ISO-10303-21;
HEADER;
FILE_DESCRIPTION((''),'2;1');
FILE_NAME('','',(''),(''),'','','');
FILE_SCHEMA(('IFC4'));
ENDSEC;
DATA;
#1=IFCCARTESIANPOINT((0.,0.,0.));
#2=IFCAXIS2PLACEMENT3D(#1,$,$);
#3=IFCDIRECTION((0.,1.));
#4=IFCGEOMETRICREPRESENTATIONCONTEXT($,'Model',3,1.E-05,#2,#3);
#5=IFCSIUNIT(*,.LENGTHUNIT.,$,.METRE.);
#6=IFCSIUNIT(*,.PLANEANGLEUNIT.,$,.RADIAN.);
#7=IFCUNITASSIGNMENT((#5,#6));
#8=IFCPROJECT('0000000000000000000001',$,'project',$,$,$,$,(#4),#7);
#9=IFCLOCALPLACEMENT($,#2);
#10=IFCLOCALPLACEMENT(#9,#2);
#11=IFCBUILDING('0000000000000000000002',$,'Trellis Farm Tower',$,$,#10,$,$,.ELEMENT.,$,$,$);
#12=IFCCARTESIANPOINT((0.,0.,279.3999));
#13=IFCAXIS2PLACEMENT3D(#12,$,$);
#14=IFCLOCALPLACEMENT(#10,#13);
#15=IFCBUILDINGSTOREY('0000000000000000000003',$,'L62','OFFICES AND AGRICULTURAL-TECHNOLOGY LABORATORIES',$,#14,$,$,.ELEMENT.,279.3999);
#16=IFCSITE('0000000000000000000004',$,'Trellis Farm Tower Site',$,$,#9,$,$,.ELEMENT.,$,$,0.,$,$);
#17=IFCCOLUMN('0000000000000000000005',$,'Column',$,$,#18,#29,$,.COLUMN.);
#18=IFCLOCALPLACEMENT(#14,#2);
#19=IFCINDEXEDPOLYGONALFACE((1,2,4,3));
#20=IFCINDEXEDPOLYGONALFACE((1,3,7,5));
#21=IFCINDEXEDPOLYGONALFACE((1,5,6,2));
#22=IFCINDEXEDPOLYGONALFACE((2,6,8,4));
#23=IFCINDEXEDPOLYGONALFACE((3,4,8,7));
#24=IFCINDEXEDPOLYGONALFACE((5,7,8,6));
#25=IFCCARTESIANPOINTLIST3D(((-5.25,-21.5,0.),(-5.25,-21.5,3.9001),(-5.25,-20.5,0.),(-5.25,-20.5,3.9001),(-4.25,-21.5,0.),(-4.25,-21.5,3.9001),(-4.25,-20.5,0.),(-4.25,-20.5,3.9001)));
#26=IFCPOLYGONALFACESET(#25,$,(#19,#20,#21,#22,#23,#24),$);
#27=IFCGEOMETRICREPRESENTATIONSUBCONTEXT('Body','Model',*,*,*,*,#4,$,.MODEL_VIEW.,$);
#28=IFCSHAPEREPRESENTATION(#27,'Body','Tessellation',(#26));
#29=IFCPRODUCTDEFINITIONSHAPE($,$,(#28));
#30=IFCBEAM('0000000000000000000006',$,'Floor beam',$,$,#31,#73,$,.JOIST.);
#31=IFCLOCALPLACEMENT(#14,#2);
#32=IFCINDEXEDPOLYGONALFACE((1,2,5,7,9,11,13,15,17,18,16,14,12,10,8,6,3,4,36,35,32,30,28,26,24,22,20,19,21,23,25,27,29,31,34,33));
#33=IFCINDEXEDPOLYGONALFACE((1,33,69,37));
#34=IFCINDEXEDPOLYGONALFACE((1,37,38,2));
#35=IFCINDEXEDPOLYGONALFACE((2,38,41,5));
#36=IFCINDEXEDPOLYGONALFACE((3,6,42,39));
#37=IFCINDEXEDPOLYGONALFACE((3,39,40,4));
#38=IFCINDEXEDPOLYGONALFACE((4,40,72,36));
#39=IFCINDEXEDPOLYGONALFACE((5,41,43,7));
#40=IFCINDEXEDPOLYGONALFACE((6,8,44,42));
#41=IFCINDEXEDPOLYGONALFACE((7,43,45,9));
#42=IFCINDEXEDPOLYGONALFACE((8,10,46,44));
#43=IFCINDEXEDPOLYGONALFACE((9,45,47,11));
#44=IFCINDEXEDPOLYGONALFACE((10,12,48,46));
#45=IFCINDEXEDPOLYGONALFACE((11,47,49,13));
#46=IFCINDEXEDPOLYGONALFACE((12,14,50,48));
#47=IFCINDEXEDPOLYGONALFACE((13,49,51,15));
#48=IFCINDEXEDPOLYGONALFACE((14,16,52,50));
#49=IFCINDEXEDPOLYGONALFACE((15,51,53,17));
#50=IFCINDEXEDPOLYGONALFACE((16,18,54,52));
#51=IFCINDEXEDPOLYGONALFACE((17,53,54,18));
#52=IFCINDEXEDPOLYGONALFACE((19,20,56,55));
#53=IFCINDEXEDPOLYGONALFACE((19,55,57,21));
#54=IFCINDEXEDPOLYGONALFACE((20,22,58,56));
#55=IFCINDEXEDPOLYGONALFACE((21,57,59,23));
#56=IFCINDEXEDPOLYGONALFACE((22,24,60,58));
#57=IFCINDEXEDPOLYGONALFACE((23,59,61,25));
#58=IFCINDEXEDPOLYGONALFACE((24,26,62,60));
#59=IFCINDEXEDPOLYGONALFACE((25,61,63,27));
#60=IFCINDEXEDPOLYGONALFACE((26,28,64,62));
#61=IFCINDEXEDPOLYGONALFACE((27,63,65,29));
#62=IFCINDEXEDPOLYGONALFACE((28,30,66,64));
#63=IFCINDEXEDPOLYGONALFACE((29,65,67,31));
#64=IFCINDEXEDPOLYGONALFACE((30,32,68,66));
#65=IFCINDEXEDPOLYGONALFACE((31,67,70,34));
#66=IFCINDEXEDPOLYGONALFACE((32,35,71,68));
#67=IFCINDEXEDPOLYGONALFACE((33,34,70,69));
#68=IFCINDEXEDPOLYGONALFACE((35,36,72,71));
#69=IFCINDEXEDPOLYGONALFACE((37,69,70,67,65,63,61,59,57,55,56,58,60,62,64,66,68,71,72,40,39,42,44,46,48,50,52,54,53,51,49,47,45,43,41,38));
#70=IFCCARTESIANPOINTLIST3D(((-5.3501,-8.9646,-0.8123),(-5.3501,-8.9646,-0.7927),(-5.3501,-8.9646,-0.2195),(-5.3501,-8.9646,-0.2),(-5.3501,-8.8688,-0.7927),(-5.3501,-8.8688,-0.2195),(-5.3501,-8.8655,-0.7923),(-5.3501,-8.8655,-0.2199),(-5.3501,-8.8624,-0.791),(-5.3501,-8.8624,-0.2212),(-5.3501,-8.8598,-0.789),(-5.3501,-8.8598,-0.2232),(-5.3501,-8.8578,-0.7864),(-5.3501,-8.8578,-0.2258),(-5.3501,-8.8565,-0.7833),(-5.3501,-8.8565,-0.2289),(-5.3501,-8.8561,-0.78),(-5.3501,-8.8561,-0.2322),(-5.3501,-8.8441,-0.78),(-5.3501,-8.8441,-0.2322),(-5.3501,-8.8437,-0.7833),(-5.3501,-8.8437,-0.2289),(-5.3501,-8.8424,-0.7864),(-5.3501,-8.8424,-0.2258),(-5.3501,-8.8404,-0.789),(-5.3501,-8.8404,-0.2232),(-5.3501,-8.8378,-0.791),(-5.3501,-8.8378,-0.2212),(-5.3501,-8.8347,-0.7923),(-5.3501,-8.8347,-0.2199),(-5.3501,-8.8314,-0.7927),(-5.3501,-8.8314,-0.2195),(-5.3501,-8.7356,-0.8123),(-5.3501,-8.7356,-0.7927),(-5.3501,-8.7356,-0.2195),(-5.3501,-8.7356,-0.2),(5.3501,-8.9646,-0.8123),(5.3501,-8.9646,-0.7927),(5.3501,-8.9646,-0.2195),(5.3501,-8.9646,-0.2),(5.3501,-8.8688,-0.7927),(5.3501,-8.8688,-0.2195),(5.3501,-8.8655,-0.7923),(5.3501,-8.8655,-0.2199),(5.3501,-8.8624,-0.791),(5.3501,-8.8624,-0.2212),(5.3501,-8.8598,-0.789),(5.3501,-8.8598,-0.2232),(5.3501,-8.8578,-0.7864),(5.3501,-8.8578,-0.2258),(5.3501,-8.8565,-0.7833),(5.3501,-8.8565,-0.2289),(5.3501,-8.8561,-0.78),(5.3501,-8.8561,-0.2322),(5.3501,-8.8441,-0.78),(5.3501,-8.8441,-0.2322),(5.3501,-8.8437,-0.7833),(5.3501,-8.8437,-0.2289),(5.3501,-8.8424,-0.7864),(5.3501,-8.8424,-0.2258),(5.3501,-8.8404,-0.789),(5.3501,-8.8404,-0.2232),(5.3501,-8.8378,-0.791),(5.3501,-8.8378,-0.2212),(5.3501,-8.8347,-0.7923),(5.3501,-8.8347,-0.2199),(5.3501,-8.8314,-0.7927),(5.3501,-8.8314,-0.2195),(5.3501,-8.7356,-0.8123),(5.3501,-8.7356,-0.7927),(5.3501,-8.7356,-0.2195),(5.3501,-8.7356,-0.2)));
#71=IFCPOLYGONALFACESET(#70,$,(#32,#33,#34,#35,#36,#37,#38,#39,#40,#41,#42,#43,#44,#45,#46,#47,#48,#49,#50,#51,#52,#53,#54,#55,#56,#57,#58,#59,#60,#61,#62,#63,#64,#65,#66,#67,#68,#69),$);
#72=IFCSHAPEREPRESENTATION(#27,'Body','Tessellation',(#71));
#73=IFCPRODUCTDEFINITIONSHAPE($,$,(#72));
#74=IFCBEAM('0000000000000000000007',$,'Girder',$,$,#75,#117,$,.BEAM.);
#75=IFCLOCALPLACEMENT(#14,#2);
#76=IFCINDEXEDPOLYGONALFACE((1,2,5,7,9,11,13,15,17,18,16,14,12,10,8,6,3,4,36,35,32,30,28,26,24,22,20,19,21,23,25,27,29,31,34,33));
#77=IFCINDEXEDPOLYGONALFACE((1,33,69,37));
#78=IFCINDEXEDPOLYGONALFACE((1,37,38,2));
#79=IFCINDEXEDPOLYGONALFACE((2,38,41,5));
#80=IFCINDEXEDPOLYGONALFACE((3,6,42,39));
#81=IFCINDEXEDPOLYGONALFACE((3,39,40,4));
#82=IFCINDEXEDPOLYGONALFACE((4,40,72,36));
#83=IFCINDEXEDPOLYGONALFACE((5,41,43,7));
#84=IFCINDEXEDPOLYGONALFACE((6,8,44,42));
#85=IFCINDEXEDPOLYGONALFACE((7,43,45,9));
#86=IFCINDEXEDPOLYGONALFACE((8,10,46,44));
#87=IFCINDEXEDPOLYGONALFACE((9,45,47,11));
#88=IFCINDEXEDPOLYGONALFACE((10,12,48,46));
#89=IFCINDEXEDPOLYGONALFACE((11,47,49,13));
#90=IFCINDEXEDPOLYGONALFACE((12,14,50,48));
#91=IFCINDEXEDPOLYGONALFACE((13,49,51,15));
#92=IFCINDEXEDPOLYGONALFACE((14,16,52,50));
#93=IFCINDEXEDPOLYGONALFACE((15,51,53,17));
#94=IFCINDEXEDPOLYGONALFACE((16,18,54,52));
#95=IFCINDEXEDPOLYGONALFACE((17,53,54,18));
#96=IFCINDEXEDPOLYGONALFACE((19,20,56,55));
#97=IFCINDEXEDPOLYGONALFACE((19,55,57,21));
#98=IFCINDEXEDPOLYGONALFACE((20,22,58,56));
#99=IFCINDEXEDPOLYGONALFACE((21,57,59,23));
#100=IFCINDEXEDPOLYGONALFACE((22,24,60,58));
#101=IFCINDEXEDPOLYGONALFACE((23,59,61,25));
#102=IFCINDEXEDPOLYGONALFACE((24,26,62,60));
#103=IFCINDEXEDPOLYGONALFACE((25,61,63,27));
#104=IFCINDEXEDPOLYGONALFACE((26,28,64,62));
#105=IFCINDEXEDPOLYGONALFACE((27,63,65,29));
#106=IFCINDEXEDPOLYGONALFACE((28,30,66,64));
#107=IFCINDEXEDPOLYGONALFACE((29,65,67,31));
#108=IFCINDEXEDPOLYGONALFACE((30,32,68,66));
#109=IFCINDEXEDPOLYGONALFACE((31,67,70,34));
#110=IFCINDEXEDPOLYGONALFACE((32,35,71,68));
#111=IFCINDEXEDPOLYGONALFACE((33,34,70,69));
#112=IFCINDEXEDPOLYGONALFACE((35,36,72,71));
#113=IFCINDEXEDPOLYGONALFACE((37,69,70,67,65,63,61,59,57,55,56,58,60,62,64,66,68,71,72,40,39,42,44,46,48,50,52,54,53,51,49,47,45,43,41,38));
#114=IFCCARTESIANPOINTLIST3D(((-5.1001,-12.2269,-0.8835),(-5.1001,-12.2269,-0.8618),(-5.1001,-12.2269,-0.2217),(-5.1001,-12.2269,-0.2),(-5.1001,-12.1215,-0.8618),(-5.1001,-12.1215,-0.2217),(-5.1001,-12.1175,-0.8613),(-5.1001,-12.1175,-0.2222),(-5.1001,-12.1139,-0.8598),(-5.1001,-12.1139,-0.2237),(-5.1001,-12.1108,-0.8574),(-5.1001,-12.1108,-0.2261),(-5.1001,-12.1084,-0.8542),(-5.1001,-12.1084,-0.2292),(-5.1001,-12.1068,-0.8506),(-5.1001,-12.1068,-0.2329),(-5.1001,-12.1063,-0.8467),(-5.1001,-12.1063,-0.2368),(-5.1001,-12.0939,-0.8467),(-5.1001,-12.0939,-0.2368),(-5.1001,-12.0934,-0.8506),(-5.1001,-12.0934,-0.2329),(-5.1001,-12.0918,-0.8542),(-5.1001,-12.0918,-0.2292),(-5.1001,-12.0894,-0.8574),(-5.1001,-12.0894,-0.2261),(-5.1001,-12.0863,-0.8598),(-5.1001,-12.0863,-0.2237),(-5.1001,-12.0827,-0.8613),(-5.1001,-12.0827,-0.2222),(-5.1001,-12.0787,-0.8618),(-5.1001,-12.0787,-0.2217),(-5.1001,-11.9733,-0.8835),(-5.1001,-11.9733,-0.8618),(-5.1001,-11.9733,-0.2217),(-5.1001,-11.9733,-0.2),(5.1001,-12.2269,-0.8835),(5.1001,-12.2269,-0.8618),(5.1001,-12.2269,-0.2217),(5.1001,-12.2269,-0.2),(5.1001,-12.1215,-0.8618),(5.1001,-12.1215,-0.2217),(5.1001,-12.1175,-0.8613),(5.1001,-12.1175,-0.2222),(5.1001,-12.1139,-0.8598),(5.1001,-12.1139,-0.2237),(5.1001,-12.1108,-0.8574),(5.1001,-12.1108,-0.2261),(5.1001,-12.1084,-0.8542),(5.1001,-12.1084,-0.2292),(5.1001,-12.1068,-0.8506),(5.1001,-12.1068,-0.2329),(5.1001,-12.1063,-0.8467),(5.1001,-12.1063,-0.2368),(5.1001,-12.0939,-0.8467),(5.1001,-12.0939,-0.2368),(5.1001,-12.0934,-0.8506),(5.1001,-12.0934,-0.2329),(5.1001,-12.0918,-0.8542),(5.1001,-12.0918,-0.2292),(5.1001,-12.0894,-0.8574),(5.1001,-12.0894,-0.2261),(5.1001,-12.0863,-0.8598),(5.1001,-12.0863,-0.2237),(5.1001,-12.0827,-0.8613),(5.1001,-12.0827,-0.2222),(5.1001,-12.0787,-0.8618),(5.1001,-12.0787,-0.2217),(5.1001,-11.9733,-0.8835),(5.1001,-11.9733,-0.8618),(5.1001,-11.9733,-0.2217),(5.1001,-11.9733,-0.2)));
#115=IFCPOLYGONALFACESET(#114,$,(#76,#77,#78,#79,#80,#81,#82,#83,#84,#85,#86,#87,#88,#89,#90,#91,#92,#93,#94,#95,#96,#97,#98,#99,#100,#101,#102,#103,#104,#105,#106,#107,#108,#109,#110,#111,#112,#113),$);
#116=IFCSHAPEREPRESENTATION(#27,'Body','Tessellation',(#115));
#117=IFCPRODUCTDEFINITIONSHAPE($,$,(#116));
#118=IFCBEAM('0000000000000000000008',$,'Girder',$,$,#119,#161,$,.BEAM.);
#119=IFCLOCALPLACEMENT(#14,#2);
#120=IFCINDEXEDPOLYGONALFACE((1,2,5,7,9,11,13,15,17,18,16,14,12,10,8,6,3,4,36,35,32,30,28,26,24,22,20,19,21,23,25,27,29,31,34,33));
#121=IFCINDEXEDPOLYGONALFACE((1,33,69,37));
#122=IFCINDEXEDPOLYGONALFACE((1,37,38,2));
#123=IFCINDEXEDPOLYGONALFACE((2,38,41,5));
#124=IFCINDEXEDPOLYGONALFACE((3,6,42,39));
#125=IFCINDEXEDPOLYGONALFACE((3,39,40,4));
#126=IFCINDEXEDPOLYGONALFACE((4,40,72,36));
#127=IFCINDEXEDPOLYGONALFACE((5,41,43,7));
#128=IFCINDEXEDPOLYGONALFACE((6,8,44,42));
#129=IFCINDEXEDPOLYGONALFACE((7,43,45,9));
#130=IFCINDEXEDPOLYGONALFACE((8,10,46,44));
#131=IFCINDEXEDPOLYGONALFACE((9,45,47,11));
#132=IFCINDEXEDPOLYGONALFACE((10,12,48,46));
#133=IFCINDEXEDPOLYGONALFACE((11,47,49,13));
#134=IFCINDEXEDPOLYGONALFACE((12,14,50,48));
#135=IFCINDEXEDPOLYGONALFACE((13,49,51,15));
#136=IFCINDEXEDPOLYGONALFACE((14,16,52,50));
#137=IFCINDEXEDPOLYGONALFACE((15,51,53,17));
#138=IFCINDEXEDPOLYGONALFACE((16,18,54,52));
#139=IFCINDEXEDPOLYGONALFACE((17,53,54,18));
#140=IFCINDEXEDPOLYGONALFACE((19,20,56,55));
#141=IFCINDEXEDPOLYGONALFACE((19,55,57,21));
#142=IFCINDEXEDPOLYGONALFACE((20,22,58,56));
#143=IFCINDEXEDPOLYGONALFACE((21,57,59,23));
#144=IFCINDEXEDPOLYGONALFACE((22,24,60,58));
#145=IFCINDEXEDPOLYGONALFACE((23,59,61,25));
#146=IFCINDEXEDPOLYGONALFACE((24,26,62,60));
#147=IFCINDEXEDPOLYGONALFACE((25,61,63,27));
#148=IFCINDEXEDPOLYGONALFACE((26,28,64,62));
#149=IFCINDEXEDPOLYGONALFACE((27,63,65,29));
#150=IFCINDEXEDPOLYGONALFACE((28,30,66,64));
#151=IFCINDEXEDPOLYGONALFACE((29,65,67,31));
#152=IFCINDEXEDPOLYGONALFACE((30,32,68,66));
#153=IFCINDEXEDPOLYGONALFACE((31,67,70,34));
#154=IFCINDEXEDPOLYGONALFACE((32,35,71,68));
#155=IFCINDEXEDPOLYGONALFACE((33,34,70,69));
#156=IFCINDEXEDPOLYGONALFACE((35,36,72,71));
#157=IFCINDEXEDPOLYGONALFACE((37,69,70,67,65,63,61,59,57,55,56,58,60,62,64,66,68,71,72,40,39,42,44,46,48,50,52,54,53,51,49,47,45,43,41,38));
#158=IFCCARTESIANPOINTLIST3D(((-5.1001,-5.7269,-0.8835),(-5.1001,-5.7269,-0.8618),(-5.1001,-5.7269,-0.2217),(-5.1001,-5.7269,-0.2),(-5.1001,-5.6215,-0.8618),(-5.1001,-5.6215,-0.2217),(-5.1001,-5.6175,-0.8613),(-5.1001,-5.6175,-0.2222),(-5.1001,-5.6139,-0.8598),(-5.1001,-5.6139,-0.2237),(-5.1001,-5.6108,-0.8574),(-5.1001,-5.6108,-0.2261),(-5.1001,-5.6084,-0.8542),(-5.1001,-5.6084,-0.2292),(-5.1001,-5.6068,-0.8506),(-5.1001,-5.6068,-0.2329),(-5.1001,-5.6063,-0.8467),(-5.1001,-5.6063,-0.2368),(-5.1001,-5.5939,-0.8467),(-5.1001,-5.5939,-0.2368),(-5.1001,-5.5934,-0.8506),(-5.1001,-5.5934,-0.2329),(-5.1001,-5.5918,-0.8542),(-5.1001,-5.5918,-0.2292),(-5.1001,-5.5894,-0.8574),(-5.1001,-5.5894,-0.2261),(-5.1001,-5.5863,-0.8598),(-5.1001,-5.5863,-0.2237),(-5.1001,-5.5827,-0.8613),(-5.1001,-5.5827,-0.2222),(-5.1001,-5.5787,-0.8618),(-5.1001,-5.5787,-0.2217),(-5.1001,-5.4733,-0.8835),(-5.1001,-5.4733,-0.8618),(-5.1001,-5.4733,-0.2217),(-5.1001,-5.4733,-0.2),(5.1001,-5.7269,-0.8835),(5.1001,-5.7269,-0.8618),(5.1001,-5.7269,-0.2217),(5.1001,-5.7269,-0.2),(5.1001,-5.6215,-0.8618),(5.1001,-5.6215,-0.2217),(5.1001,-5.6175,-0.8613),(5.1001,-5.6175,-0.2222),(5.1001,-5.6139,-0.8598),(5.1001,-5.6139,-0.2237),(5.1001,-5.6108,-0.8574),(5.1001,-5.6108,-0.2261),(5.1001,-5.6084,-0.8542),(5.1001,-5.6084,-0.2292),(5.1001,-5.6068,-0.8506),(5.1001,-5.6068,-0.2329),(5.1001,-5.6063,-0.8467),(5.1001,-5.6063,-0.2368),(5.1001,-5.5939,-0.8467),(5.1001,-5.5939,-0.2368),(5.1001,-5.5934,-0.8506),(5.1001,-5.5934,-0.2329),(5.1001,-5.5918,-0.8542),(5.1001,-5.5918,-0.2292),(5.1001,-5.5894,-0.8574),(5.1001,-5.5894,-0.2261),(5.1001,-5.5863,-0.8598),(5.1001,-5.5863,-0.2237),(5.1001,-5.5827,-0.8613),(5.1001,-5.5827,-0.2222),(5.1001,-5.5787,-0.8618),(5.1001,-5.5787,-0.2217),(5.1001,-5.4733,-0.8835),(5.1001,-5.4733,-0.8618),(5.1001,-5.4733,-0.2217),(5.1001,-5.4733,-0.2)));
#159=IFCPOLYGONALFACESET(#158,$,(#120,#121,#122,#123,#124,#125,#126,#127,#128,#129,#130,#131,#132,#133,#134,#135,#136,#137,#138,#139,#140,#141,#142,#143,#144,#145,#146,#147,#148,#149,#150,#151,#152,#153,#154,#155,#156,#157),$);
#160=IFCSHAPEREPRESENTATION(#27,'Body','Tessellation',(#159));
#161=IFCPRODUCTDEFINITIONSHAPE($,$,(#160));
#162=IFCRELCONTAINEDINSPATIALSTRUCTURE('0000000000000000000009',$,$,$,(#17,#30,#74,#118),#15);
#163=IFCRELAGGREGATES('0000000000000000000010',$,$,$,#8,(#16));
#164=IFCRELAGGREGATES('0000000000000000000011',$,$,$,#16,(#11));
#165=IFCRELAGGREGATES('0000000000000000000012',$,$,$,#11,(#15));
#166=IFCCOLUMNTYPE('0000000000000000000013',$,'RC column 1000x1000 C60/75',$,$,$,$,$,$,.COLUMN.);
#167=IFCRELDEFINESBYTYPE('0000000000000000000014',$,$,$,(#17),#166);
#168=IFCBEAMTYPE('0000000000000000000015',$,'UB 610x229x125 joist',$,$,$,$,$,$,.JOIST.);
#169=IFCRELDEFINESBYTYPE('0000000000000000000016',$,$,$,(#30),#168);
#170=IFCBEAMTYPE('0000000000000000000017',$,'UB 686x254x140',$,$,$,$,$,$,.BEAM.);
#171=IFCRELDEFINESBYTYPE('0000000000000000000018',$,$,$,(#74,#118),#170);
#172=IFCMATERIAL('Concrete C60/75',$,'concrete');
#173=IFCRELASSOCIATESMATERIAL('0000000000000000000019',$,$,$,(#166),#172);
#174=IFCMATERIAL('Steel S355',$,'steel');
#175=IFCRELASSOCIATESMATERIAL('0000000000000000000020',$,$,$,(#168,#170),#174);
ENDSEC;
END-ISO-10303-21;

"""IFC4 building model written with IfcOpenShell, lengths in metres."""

from ifc_helpers import new_model, si_unit, direction, frame, origin, origin_2d, place, context, subcontext, project, spatial, rectangle, i_section, extrude, source, transform, mapped, material, material_profile, profile_set, type_object, element, save


model = new_model("IFC4")

# Units and contexts
model_context = context("Model", 3, precision=1e-05, world=origin(), true_north=direction((0.0, 1.0)))
body_context = subcontext(model_context, "Body", "Model", "MODEL_VIEW")
ifc_project = project(units=[si_unit("LENGTHUNIT", "METRE"), si_unit("PLANEANGLEUNIT", "RADIAN")], contexts=[model_context])

# Site, building, storey
site_placement = place(None, origin())
site = spatial("IfcSite", under=ifc_project, at=site_placement, Name="Trellis Farm Tower Site", CompositionType="ELEMENT", RefElevation=0.0)
building_placement = place(site_placement, origin())
building = spatial("IfcBuilding", under=site, at=building_placement, Name="Trellis Farm Tower", CompositionType="ELEMENT")
storey_placement = place(building_placement, frame((0.0, 0.0, 279.3999)))
storey = spatial("IfcBuildingStorey", under=building, at=storey_placement, Name="L62", Description="OFFICES AND AGRICULTURAL-TECHNOLOGY LABORATORIES", CompositionType="ELEMENT", Elevation=279.3999)

# Column
ifc_material_1 = material(Name="Concrete C60/75", Category="concrete")
ifc_material_profile_1 = material_profile(ifc_material_1, rectangle(XDim=1.0, YDim=1.0, at=origin_2d()), Name="RC column 1000x1000 C60/75")
ifc_profile_set_1 = profile_set([ifc_material_profile_1], Name="Concrete C60/75")
column_type = type_object("IfcColumnType", Name="RC column 1000x1000 C60/75", PredefinedType="COLUMN", material=ifc_profile_set_1)
shared_shape_1 = source(origin(), body_context, "Body", "SweptSolid", [
    extrude(rectangle(XDim=1.0, YDim=1.0, at=origin_2d()), origin(), (0.0, 0.0, 1.0), 3.9001),
])
column_placement = place(storey_placement, frame((-4.75, -21.0, 0.0), z_axis=(0.0, 0.0, 1.0), x_axis=(1.0, 0.0, 0.0)))
element("IfcColumn", 1, at=column_placement, inside=storey, type_object=column_type, Name="Column", PredefinedType="COLUMN", context=body_context, shape_type="MappedRepresentation", body=[
    mapped(shared_shape_1, transform((0.0, 0.0, 0.0))),
])

# Beams
ifc_material_2 = material(Name="Steel S355", Category="steel")
ifc_material_profile_2 = material_profile(ifc_material_2, i_section(OverallWidth=0.229, OverallDepth=0.6123, WebThickness=0.012, FlangeThickness=0.0195, FilletRadius=0.0127, at=origin_2d()), Name="UB 610x229x125")
ifc_profile_set_2 = profile_set([ifc_material_profile_2], Name="Steel S355")
beam_type_1 = type_object("IfcBeamType", Name="UB 610x229x125 joist", PredefinedType="JOIST", material=ifc_profile_set_2)
shared_shape_2 = source(origin(), body_context, "Body", "SweptSolid", [
    extrude(i_section(OverallWidth=0.229, OverallDepth=0.6123, WebThickness=0.012, FlangeThickness=0.0195, FilletRadius=0.0127, at=origin_2d()), origin(), (0.0, 0.0, 1.0), 10.7002),
])
beam_1_placement = place(storey_placement, frame((-5.3501, -8.8501, -0.5061), z_axis=(1.0, 0.0, 0.0), x_axis=(0.0, 1.0, 0.0)))
element("IfcBeam", 2, at=beam_1_placement, inside=storey, type_object=beam_type_1, Name="Floor beam", PredefinedType="JOIST", context=body_context, shape_type="MappedRepresentation", body=[
    mapped(shared_shape_2, transform((0.0, 0.0, 0.0))),
])
ifc_material_profile_3 = material_profile(ifc_material_2, i_section(OverallWidth=0.2537, OverallDepth=0.6836, WebThickness=0.0125, FlangeThickness=0.0217, FilletRadius=0.0151, at=origin_2d()), Name="UB 686x254x140")
ifc_profile_set_3 = profile_set([ifc_material_profile_3], Name="Steel S355")
beam_type_2 = type_object("IfcBeamType", Name="UB 686x254x140", PredefinedType="BEAM", material=ifc_profile_set_3)
shared_shape_3 = source(origin(), body_context, "Body", "SweptSolid", [
    extrude(i_section(OverallWidth=0.2537, OverallDepth=0.6836, WebThickness=0.0125, FlangeThickness=0.0217, FilletRadius=0.0151, at=origin_2d()), origin(), (0.0, 0.0, 1.0), 10.2002),
])
for number, where, z_axis, x_axis, name in (
    (3, (-5.1001, -12.1001, -0.5417), (1.0, 0.0, 0.0), (0.0, 1.0, 0.0), "Girder"),
    (4, (-5.1001, -5.6001, -0.5417), (1.0, 0.0, 0.0), (0.0, 1.0, 0.0), "Girder"),
):
    element("IfcBeam", number, at=place(storey_placement, frame(where, z_axis=z_axis, x_axis=x_axis)), inside=storey, type_object=beam_type_2, Name=name, PredefinedType="BEAM", context=body_context, shape_type="MappedRepresentation", body=[
        mapped(shared_shape_3, transform((0.0, 0.0, 0.0))),
    ])

save(model, "model.ifc")
